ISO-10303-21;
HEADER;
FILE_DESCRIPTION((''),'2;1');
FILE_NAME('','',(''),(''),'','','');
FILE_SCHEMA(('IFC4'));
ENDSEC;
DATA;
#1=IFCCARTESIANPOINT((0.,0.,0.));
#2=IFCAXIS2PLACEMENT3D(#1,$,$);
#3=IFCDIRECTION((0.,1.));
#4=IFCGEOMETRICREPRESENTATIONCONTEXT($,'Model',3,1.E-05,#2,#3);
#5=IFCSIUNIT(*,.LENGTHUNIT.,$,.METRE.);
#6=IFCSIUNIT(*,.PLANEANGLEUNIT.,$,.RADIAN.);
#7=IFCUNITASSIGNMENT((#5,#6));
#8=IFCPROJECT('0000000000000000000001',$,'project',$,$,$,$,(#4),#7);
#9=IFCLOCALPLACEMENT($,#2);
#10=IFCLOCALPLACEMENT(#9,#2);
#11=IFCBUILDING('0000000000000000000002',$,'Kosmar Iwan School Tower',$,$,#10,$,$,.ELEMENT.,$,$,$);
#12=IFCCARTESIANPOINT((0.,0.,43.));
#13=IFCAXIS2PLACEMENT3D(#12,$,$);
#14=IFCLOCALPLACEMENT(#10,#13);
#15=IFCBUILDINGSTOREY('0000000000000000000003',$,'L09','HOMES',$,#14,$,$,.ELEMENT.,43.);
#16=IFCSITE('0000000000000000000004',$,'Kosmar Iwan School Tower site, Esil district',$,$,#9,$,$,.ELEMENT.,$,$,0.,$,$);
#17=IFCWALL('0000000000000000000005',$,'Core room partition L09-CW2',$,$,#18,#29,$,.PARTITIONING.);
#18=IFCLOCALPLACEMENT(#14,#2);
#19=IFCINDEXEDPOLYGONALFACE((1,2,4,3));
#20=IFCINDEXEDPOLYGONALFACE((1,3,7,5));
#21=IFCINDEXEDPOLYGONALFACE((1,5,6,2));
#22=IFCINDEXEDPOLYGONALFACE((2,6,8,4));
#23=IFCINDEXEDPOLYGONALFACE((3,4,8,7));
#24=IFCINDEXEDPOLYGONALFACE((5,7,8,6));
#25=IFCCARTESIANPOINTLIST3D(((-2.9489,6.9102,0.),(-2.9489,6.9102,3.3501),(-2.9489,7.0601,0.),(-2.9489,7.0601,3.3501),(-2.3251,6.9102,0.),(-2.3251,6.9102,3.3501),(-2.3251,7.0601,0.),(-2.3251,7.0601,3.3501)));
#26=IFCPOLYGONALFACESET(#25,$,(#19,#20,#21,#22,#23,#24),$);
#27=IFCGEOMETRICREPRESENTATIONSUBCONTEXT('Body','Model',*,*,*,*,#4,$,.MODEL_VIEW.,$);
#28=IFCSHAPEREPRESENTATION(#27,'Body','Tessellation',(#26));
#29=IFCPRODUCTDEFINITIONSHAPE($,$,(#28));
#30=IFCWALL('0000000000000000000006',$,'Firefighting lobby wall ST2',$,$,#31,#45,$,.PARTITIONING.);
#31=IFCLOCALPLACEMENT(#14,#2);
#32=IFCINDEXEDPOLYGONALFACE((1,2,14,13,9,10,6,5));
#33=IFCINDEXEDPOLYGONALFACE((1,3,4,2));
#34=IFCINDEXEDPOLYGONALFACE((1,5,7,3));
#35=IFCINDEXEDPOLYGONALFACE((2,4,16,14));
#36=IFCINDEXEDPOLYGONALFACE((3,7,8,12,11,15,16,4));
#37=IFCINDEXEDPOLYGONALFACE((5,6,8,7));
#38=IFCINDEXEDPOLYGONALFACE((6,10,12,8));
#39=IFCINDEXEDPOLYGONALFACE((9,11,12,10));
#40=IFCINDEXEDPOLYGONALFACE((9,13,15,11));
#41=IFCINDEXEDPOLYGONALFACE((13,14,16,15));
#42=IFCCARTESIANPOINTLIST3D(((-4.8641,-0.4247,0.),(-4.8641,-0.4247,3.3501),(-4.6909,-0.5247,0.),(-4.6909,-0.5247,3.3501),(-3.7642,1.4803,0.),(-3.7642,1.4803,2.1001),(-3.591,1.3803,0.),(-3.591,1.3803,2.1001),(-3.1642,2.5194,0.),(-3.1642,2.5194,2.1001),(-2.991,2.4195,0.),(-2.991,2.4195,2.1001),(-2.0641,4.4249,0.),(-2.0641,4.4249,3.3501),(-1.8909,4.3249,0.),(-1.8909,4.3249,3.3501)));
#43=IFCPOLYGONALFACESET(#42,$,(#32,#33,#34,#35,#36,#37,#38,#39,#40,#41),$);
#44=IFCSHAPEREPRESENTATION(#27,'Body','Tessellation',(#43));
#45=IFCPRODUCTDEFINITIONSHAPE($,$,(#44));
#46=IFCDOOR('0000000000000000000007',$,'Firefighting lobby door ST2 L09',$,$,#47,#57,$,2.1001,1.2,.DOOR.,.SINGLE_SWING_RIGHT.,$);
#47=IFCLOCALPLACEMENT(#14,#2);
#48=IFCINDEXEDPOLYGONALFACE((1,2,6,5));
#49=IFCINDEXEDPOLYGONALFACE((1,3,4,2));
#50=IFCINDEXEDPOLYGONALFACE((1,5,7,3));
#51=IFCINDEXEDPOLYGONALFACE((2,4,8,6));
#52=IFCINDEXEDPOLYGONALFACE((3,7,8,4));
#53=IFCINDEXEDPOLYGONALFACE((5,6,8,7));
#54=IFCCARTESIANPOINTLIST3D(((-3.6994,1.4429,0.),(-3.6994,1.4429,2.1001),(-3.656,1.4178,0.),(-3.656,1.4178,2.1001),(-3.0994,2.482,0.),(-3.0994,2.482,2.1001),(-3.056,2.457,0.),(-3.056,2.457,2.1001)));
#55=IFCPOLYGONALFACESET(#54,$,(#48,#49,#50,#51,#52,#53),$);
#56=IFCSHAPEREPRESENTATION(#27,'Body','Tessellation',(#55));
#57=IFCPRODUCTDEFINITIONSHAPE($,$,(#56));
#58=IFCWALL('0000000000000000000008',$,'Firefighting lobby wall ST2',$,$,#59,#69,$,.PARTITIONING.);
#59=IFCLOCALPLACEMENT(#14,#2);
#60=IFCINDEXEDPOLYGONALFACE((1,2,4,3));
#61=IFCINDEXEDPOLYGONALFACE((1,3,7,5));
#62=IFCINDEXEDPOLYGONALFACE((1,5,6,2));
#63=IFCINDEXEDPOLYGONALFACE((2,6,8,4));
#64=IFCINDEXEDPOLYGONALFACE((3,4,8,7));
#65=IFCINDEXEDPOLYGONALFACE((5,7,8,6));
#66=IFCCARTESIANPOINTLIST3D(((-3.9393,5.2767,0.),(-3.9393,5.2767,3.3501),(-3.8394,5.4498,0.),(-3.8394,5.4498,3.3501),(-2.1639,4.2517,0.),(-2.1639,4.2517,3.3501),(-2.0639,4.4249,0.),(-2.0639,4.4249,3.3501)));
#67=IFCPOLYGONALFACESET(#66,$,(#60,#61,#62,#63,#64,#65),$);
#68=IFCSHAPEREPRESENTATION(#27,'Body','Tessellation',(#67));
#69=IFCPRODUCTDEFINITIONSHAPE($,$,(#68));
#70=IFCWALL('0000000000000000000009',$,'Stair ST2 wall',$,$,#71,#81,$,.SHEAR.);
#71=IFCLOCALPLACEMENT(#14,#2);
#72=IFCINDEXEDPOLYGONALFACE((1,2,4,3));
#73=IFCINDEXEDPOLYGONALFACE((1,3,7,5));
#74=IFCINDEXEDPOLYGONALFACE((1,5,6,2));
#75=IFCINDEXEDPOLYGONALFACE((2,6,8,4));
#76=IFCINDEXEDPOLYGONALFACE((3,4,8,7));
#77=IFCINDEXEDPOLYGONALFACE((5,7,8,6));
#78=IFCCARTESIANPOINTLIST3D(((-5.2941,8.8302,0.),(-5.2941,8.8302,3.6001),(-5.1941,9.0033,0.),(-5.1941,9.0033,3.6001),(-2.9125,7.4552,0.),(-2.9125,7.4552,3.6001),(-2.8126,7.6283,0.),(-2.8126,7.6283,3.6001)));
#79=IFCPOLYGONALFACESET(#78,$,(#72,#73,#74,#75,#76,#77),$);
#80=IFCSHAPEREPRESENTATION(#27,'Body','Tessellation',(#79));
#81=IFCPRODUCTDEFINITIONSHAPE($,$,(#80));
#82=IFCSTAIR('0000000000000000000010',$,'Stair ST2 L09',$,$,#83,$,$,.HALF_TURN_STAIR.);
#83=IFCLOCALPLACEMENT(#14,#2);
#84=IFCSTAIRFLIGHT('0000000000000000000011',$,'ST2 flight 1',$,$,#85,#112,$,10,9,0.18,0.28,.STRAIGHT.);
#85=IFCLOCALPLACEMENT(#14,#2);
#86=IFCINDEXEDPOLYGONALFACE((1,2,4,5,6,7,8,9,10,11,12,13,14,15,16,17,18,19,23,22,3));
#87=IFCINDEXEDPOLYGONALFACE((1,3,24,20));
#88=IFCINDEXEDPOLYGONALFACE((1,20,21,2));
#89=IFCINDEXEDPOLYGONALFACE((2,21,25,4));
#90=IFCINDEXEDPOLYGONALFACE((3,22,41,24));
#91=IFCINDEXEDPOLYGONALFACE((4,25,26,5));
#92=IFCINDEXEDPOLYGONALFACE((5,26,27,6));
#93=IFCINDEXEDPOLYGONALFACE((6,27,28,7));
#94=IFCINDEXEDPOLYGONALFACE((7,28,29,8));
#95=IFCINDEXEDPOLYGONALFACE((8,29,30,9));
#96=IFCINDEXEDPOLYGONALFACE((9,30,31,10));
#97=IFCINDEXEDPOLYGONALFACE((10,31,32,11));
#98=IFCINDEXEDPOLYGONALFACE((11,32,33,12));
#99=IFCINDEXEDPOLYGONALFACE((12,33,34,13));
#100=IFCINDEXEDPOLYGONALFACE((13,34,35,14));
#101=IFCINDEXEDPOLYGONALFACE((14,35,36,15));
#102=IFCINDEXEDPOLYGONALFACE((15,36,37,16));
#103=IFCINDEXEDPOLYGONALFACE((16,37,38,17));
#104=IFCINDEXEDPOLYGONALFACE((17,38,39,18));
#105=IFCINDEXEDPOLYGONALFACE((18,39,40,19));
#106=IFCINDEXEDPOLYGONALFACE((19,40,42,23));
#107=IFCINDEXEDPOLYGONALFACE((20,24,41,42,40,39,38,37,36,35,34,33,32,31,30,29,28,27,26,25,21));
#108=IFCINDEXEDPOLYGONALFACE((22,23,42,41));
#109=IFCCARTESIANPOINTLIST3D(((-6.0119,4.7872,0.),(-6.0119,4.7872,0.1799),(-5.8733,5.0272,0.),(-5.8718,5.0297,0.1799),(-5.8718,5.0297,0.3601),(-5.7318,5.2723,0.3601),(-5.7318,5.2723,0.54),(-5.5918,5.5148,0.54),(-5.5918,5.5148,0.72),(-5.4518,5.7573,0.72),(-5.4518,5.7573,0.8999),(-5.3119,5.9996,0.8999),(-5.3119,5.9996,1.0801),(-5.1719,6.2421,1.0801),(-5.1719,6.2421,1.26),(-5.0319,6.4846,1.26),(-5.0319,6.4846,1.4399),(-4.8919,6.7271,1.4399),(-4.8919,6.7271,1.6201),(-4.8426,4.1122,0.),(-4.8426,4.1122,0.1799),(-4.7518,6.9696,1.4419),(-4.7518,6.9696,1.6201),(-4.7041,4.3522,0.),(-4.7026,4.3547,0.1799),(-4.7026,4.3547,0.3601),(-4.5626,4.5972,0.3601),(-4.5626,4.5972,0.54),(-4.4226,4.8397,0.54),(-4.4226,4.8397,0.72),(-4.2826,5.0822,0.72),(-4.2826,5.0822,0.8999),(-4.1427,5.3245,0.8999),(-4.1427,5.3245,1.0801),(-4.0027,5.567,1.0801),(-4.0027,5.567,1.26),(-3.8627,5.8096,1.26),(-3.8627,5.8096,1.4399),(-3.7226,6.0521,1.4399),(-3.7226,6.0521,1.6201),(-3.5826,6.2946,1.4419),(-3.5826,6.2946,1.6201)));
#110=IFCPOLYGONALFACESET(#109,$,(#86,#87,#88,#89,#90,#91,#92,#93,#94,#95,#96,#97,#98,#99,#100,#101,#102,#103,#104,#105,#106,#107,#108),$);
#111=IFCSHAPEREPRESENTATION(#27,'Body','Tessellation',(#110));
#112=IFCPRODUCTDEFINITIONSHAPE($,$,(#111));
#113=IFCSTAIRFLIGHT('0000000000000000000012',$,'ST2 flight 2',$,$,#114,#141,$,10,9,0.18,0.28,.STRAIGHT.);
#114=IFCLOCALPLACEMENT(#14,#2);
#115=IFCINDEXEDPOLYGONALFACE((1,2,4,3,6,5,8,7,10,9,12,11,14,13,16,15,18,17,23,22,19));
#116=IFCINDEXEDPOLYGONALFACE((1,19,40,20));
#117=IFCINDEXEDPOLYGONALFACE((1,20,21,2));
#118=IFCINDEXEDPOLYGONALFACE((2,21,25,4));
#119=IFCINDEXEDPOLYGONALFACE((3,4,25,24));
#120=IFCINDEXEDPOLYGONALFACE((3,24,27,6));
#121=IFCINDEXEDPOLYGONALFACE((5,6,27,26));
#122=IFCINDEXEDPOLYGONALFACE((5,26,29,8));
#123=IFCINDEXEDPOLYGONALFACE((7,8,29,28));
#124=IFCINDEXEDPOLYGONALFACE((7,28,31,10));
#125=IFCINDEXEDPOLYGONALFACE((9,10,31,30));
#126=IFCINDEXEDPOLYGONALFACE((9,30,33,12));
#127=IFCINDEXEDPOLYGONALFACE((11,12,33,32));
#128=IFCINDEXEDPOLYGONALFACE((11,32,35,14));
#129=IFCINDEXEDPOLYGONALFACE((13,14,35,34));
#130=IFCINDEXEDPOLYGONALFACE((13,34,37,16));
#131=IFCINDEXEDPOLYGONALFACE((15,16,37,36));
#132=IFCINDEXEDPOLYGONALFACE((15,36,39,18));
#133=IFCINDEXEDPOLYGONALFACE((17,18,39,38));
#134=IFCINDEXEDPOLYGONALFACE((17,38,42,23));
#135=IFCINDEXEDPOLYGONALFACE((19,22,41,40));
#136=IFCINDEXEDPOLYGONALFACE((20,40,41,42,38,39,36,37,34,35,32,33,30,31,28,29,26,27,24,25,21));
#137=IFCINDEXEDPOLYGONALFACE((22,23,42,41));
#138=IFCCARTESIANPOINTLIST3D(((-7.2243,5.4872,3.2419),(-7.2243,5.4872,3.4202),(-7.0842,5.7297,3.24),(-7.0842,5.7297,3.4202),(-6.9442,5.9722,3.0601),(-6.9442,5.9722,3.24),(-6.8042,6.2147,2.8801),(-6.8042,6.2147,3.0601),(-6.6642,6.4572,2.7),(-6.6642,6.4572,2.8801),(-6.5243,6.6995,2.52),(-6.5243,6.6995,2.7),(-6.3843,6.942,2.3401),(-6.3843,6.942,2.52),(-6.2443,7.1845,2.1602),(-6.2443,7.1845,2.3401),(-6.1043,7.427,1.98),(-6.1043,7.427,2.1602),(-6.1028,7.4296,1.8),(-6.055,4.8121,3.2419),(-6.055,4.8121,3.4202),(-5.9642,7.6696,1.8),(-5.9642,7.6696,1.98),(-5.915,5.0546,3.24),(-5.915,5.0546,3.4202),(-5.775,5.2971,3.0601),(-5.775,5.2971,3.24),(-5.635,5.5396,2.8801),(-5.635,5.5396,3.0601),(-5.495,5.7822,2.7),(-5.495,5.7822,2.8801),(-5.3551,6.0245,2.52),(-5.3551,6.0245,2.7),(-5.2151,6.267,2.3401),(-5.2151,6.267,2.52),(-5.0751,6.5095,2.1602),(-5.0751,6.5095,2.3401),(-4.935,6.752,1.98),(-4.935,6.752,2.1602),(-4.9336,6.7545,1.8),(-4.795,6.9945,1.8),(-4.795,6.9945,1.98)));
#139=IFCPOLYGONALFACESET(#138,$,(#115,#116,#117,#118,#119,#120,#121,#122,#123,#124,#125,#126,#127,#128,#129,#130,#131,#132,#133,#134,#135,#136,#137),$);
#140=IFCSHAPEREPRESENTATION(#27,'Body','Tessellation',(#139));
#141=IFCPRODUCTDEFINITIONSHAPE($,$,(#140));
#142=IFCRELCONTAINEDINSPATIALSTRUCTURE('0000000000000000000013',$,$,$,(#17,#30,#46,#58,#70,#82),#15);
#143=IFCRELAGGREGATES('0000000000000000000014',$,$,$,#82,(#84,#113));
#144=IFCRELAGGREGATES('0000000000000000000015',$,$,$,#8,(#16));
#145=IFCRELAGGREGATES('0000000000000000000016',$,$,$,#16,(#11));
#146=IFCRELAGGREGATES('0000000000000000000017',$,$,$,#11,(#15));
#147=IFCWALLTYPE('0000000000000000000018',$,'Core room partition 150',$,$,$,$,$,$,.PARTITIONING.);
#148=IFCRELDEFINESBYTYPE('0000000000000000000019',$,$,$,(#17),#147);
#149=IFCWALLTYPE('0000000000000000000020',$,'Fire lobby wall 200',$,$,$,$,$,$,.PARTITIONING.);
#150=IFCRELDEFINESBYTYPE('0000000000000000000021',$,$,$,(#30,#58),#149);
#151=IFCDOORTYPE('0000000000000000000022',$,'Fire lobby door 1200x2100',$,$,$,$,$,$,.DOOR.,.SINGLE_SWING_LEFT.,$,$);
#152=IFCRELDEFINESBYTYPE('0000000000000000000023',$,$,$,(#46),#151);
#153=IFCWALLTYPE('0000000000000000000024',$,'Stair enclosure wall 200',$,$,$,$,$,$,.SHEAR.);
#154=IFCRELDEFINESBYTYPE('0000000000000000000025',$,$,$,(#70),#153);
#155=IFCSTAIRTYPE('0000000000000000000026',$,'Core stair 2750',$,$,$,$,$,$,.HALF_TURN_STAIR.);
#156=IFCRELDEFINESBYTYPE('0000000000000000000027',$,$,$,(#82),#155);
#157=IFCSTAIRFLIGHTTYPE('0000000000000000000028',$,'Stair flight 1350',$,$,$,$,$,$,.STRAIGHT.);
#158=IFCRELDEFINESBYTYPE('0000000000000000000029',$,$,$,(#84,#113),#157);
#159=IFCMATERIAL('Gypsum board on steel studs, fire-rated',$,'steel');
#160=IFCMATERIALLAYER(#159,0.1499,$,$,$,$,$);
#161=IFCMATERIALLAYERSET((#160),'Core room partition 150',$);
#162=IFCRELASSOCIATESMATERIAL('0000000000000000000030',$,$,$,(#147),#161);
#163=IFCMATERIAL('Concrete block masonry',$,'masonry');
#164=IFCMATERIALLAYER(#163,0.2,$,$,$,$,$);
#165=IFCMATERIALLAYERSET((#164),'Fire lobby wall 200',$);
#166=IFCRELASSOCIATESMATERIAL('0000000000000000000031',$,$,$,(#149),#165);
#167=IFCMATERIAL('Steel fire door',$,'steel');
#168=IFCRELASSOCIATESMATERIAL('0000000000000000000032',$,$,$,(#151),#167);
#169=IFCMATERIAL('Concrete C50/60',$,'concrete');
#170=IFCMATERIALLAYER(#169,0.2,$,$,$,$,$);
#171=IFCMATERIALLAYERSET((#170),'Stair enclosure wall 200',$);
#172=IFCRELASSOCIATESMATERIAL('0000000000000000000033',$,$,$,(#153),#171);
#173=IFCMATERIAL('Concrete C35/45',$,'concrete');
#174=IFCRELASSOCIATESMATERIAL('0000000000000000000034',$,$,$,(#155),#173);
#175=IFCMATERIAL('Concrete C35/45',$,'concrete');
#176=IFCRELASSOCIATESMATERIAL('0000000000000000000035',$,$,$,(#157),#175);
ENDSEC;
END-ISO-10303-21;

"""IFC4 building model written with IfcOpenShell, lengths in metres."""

from ifc_helpers import new_model, si_unit, direction, frame, frame_2d, origin, place, context, subcontext, project, spatial, polyline, rectangle, outline, extrude, material, layer, layer_set, type_object, element, fill, aggregate, save


model = new_model("IFC4")

# Units and contexts
model_context = context("Model", 3, precision=1e-05, world=origin(), true_north=direction((0.0, 1.0)))
body_context = subcontext(model_context, "Body", "Model", "MODEL_VIEW")
ifc_project = project(units=[si_unit("LENGTHUNIT", "METRE"), si_unit("PLANEANGLEUNIT", "RADIAN")], contexts=[model_context])

# Site, building, storey
site_placement = place(None, origin())
site = spatial("IfcSite", under=ifc_project, at=site_placement, Name="Kosmar Iwan School Tower site, Esil district", CompositionType="ELEMENT", RefElevation=0.0)
building_placement = place(site_placement, origin())
building = spatial("IfcBuilding", under=site, at=building_placement, Name="Kosmar Iwan School Tower", CompositionType="ELEMENT")
storey_placement = place(building_placement, frame((0.0, 0.0, 43.0)))
storey = spatial("IfcBuildingStorey", under=building, at=storey_placement, Name="L09", Description="HOMES", CompositionType="ELEMENT", Elevation=43.0)

# Wall
ifc_material_1 = material(Name="Gypsum board on steel studs, fire-rated", Category="steel")
ifc_layer_1 = layer(ifc_material_1, 0.1499)
ifc_layer_set_1 = layer_set([ifc_layer_1], Name="Core room partition 150")
wall_type_1 = type_object("IfcWallType", Name="Core room partition 150", PredefinedType="PARTITIONING", material=ifc_layer_set_1)
wall_1_placement = place(storey_placement, frame((-2.325, 6.9851, 0.0), z_axis=(0.0, 0.0, 1.0), x_axis=(-1.0, 0.0, 0.0)))
element("IfcWall", 1, at=wall_1_placement, inside=storey, type_object=wall_type_1, Name="Core room partition L09-CW2", PredefinedType="PARTITIONING", context=body_context, shape_type="SweptSolid", body=[
    extrude(rectangle(XDim=0.6238, YDim=0.1499, at=frame_2d((0.312, 0.0))), origin(), (0.0, 0.0, 1.0), 3.3501),
])

# Wall, opening, door
ifc_material_2 = material(Name="Concrete block masonry", Category="masonry")
ifc_layer_2 = layer(ifc_material_2, 0.2)
ifc_layer_set_2 = layer_set([ifc_layer_2], Name="Fire lobby wall 200")
wall_type_2 = type_object("IfcWallType", Name="Fire lobby wall 200", PredefinedType="PARTITIONING", material=ifc_layer_set_2)
wall_2_placement = place(storey_placement, frame((-1.9775, 4.3748, 0.0), z_axis=(0.0, 0.0, 1.0), x_axis=(-0.500017, -0.866016, 0.0)))
wall_2 = element("IfcWall", 2, at=wall_2_placement, inside=storey, type_object=wall_type_2, Name="Firefighting lobby wall ST2", PredefinedType="PARTITIONING", context=body_context, shape_type="SweptSolid", body=[
    extrude(rectangle(XDim=5.5999, YDim=0.2, at=frame_2d((2.7998, 0.0))), origin(), (0.0, 0.0, 1.0), 3.3501),
])
opening_placement = place(wall_2_placement, frame((2.2, 0.0, 0.0)))
opening = element("IfcOpeningElement", 3, at=opening_placement, cuts=wall_2, PredefinedType="OPENING", context=body_context, shape_type="SweptSolid", body=[
    extrude(rectangle(XDim=1.2, YDim=2.1001, at=frame_2d((0.6001, 1.05))), frame((0.0, 0.1121, 0.0), z_axis=(0.0, -1.0, 0.0), x_axis=(1.0, 0.0, 0.0)), (0.0, 0.0, 1.0), 0.2239),
])
ifc_material_3 = material(Name="Steel fire door", Category="steel")
door_type = type_object("IfcDoorType", Name="Fire lobby door 1200x2100", OperationType="SINGLE_SWING_LEFT", PredefinedType="DOOR", material=ifc_material_3)
door_placement = place(opening_placement, origin())
door = element("IfcDoor", 4, at=door_placement, inside=storey, type_object=door_type, Name="Firefighting lobby door ST2 L09", OperationType="SINGLE_SWING_RIGHT", OverallHeight=2.1001, OverallWidth=1.2, PredefinedType="DOOR", context=body_context, shape_type="SweptSolid", body=[
    extrude(rectangle(XDim=1.2, YDim=2.1001, at=frame_2d((0.6001, 1.05))), frame((0.0, 0.0249, 0.0), z_axis=(0.0, -1.0, 0.0), x_axis=(1.0, 0.0, 0.0)), (0.0, 0.0, 1.0), 0.05),
])
fill(opening, door)

# Walls
wall_3_placement = place(storey_placement, frame((-2.114, 4.3384, 0.0), z_axis=(0.0, 0.0, 1.0), x_axis=(-0.866051, 0.499956, 0.0)))
element("IfcWall", 5, at=wall_3_placement, inside=storey, type_object=wall_type_2, Name="Firefighting lobby wall ST2", PredefinedType="PARTITIONING", context=body_context, shape_type="SweptSolid", body=[
    extrude(rectangle(XDim=2.05, YDim=0.2, at=frame_2d((1.0249, 0.0))), origin(), (0.0, 0.0, 1.0), 3.3501),
])
ifc_material_4 = material(Name="Concrete C50/60", Category="concrete")
ifc_layer_3 = layer(ifc_material_4, 0.2)
ifc_layer_set_3 = layer_set([ifc_layer_3], Name="Stair enclosure wall 200")
wall_type_3 = type_object("IfcWallType", Name="Stair enclosure wall 200", PredefinedType="SHEAR", material=ifc_layer_set_3)
wall_4_placement = place(storey_placement, frame((-2.8625, 7.5417, 0.0), z_axis=(0.0, 0.0, 1.0), x_axis=(-0.866027, 0.499997, 0.0)))
element("IfcWall", 6, at=wall_4_placement, inside=storey, type_object=wall_type_3, Name="Stair ST2 wall", PredefinedType="SHEAR", context=body_context, shape_type="SweptSolid", body=[
    extrude(rectangle(XDim=2.75, YDim=0.2, at=frame_2d((1.375, 0.0))), origin(), (0.0, 0.0, 1.0), 3.6001),
])

# Stair, stair flights
ifc_material_5 = material(Name="Concrete C35/45", Category="concrete")
stair_type = type_object("IfcStairType", Name="Core stair 2750", PredefinedType="HALF_TURN_STAIR", material=ifc_material_5)
stair_placement = place(storey_placement, origin())
stair = element("IfcStair", 7, at=stair_placement, inside=storey, type_object=stair_type, Name="Stair ST2 L09", PredefinedType="HALF_TURN_STAIR")
ifc_material_6 = material(Name="Concrete C35/45", Category="concrete")
stair_flight_type = type_object("IfcStairFlightType", Name="Stair flight 1350", PredefinedType="STRAIGHT", material=ifc_material_6)
stair_flight_1_placement = place(storey_placement, frame((-5.4272, 4.4497, 0.0), z_axis=(0.0, 0.0, 1.0), x_axis=(0.5, 0.866025, 0.0)))
stair_flight_1 = element("IfcStairFlight", 8, at=stair_flight_1_placement, type_object=stair_flight_type, Name="ST2 flight 1", NumberOfRisers=10, NumberOfTreads=9, PredefinedType="STRAIGHT", RiserHeight=0.18, TreadLength=0.28, context=body_context, shape_type="SweptSolid", body=[
    extrude(outline(polyline([(0.0, 0.0), (0.0, 0.1799), (0.28, 0.1799), (0.28, 0.3601), (0.5601, 0.3601), (0.5601, 0.54), (0.8401, 0.54), (0.8401, 0.72), (1.1201, 0.72), (1.1201, 0.8999), (1.3999, 0.8999), (1.3999, 1.0801), (1.6799, 1.0801), (1.6799, 1.26), (1.96, 1.26), (1.96, 1.4399), (2.24, 1.4399), (2.24, 1.6201), (2.52, 1.6201), (2.52, 1.8), (2.52, 1.4419), (0.2771, 0.0), (0.0, 0.0)])), frame((0.0, 0.675, 0.0), z_axis=(0.0, -1.0, 0.0), x_axis=(1.0, 0.0, 0.0)), (0.0, 0.0, 1.0), 1.3501),
])
stair_flight_2_placement = place(storey_placement, frame((-5.3796, 7.332, 1.8), z_axis=(0.0, 0.0, 1.0), x_axis=(-0.5, -0.866025, 0.0)))
stair_flight_2 = element("IfcStairFlight", 9, at=stair_flight_2_placement, type_object=stair_flight_type, Name="ST2 flight 2", NumberOfRisers=10, NumberOfTreads=9, PredefinedType="STRAIGHT", RiserHeight=0.18, TreadLength=0.28, context=body_context, shape_type="SweptSolid", body=[
    extrude(outline(polyline([(0.0, 0.0), (0.0, 0.1799), (0.28, 0.1799), (0.28, 0.3601), (0.5601, 0.3601), (0.5601, 0.54), (0.8401, 0.54), (0.8401, 0.72), (1.1201, 0.72), (1.1201, 0.8999), (1.3999, 0.8999), (1.3999, 1.0801), (1.6799, 1.0801), (1.6799, 1.26), (1.96, 1.26), (1.96, 1.4399), (2.24, 1.4399), (2.24, 1.6201), (2.52, 1.6201), (2.52, 1.8), (2.52, 1.4419), (0.2771, 0.0), (0.0, 0.0)])), frame((0.0, 0.675, 0.0), z_axis=(0.0, -1.0, 0.0), x_axis=(1.0, 0.0, 0.0)), (0.0, 0.0, 1.0), 1.3501),
])
aggregate(stair, [stair_flight_1, stair_flight_2])

save(model, "model.ifc")
